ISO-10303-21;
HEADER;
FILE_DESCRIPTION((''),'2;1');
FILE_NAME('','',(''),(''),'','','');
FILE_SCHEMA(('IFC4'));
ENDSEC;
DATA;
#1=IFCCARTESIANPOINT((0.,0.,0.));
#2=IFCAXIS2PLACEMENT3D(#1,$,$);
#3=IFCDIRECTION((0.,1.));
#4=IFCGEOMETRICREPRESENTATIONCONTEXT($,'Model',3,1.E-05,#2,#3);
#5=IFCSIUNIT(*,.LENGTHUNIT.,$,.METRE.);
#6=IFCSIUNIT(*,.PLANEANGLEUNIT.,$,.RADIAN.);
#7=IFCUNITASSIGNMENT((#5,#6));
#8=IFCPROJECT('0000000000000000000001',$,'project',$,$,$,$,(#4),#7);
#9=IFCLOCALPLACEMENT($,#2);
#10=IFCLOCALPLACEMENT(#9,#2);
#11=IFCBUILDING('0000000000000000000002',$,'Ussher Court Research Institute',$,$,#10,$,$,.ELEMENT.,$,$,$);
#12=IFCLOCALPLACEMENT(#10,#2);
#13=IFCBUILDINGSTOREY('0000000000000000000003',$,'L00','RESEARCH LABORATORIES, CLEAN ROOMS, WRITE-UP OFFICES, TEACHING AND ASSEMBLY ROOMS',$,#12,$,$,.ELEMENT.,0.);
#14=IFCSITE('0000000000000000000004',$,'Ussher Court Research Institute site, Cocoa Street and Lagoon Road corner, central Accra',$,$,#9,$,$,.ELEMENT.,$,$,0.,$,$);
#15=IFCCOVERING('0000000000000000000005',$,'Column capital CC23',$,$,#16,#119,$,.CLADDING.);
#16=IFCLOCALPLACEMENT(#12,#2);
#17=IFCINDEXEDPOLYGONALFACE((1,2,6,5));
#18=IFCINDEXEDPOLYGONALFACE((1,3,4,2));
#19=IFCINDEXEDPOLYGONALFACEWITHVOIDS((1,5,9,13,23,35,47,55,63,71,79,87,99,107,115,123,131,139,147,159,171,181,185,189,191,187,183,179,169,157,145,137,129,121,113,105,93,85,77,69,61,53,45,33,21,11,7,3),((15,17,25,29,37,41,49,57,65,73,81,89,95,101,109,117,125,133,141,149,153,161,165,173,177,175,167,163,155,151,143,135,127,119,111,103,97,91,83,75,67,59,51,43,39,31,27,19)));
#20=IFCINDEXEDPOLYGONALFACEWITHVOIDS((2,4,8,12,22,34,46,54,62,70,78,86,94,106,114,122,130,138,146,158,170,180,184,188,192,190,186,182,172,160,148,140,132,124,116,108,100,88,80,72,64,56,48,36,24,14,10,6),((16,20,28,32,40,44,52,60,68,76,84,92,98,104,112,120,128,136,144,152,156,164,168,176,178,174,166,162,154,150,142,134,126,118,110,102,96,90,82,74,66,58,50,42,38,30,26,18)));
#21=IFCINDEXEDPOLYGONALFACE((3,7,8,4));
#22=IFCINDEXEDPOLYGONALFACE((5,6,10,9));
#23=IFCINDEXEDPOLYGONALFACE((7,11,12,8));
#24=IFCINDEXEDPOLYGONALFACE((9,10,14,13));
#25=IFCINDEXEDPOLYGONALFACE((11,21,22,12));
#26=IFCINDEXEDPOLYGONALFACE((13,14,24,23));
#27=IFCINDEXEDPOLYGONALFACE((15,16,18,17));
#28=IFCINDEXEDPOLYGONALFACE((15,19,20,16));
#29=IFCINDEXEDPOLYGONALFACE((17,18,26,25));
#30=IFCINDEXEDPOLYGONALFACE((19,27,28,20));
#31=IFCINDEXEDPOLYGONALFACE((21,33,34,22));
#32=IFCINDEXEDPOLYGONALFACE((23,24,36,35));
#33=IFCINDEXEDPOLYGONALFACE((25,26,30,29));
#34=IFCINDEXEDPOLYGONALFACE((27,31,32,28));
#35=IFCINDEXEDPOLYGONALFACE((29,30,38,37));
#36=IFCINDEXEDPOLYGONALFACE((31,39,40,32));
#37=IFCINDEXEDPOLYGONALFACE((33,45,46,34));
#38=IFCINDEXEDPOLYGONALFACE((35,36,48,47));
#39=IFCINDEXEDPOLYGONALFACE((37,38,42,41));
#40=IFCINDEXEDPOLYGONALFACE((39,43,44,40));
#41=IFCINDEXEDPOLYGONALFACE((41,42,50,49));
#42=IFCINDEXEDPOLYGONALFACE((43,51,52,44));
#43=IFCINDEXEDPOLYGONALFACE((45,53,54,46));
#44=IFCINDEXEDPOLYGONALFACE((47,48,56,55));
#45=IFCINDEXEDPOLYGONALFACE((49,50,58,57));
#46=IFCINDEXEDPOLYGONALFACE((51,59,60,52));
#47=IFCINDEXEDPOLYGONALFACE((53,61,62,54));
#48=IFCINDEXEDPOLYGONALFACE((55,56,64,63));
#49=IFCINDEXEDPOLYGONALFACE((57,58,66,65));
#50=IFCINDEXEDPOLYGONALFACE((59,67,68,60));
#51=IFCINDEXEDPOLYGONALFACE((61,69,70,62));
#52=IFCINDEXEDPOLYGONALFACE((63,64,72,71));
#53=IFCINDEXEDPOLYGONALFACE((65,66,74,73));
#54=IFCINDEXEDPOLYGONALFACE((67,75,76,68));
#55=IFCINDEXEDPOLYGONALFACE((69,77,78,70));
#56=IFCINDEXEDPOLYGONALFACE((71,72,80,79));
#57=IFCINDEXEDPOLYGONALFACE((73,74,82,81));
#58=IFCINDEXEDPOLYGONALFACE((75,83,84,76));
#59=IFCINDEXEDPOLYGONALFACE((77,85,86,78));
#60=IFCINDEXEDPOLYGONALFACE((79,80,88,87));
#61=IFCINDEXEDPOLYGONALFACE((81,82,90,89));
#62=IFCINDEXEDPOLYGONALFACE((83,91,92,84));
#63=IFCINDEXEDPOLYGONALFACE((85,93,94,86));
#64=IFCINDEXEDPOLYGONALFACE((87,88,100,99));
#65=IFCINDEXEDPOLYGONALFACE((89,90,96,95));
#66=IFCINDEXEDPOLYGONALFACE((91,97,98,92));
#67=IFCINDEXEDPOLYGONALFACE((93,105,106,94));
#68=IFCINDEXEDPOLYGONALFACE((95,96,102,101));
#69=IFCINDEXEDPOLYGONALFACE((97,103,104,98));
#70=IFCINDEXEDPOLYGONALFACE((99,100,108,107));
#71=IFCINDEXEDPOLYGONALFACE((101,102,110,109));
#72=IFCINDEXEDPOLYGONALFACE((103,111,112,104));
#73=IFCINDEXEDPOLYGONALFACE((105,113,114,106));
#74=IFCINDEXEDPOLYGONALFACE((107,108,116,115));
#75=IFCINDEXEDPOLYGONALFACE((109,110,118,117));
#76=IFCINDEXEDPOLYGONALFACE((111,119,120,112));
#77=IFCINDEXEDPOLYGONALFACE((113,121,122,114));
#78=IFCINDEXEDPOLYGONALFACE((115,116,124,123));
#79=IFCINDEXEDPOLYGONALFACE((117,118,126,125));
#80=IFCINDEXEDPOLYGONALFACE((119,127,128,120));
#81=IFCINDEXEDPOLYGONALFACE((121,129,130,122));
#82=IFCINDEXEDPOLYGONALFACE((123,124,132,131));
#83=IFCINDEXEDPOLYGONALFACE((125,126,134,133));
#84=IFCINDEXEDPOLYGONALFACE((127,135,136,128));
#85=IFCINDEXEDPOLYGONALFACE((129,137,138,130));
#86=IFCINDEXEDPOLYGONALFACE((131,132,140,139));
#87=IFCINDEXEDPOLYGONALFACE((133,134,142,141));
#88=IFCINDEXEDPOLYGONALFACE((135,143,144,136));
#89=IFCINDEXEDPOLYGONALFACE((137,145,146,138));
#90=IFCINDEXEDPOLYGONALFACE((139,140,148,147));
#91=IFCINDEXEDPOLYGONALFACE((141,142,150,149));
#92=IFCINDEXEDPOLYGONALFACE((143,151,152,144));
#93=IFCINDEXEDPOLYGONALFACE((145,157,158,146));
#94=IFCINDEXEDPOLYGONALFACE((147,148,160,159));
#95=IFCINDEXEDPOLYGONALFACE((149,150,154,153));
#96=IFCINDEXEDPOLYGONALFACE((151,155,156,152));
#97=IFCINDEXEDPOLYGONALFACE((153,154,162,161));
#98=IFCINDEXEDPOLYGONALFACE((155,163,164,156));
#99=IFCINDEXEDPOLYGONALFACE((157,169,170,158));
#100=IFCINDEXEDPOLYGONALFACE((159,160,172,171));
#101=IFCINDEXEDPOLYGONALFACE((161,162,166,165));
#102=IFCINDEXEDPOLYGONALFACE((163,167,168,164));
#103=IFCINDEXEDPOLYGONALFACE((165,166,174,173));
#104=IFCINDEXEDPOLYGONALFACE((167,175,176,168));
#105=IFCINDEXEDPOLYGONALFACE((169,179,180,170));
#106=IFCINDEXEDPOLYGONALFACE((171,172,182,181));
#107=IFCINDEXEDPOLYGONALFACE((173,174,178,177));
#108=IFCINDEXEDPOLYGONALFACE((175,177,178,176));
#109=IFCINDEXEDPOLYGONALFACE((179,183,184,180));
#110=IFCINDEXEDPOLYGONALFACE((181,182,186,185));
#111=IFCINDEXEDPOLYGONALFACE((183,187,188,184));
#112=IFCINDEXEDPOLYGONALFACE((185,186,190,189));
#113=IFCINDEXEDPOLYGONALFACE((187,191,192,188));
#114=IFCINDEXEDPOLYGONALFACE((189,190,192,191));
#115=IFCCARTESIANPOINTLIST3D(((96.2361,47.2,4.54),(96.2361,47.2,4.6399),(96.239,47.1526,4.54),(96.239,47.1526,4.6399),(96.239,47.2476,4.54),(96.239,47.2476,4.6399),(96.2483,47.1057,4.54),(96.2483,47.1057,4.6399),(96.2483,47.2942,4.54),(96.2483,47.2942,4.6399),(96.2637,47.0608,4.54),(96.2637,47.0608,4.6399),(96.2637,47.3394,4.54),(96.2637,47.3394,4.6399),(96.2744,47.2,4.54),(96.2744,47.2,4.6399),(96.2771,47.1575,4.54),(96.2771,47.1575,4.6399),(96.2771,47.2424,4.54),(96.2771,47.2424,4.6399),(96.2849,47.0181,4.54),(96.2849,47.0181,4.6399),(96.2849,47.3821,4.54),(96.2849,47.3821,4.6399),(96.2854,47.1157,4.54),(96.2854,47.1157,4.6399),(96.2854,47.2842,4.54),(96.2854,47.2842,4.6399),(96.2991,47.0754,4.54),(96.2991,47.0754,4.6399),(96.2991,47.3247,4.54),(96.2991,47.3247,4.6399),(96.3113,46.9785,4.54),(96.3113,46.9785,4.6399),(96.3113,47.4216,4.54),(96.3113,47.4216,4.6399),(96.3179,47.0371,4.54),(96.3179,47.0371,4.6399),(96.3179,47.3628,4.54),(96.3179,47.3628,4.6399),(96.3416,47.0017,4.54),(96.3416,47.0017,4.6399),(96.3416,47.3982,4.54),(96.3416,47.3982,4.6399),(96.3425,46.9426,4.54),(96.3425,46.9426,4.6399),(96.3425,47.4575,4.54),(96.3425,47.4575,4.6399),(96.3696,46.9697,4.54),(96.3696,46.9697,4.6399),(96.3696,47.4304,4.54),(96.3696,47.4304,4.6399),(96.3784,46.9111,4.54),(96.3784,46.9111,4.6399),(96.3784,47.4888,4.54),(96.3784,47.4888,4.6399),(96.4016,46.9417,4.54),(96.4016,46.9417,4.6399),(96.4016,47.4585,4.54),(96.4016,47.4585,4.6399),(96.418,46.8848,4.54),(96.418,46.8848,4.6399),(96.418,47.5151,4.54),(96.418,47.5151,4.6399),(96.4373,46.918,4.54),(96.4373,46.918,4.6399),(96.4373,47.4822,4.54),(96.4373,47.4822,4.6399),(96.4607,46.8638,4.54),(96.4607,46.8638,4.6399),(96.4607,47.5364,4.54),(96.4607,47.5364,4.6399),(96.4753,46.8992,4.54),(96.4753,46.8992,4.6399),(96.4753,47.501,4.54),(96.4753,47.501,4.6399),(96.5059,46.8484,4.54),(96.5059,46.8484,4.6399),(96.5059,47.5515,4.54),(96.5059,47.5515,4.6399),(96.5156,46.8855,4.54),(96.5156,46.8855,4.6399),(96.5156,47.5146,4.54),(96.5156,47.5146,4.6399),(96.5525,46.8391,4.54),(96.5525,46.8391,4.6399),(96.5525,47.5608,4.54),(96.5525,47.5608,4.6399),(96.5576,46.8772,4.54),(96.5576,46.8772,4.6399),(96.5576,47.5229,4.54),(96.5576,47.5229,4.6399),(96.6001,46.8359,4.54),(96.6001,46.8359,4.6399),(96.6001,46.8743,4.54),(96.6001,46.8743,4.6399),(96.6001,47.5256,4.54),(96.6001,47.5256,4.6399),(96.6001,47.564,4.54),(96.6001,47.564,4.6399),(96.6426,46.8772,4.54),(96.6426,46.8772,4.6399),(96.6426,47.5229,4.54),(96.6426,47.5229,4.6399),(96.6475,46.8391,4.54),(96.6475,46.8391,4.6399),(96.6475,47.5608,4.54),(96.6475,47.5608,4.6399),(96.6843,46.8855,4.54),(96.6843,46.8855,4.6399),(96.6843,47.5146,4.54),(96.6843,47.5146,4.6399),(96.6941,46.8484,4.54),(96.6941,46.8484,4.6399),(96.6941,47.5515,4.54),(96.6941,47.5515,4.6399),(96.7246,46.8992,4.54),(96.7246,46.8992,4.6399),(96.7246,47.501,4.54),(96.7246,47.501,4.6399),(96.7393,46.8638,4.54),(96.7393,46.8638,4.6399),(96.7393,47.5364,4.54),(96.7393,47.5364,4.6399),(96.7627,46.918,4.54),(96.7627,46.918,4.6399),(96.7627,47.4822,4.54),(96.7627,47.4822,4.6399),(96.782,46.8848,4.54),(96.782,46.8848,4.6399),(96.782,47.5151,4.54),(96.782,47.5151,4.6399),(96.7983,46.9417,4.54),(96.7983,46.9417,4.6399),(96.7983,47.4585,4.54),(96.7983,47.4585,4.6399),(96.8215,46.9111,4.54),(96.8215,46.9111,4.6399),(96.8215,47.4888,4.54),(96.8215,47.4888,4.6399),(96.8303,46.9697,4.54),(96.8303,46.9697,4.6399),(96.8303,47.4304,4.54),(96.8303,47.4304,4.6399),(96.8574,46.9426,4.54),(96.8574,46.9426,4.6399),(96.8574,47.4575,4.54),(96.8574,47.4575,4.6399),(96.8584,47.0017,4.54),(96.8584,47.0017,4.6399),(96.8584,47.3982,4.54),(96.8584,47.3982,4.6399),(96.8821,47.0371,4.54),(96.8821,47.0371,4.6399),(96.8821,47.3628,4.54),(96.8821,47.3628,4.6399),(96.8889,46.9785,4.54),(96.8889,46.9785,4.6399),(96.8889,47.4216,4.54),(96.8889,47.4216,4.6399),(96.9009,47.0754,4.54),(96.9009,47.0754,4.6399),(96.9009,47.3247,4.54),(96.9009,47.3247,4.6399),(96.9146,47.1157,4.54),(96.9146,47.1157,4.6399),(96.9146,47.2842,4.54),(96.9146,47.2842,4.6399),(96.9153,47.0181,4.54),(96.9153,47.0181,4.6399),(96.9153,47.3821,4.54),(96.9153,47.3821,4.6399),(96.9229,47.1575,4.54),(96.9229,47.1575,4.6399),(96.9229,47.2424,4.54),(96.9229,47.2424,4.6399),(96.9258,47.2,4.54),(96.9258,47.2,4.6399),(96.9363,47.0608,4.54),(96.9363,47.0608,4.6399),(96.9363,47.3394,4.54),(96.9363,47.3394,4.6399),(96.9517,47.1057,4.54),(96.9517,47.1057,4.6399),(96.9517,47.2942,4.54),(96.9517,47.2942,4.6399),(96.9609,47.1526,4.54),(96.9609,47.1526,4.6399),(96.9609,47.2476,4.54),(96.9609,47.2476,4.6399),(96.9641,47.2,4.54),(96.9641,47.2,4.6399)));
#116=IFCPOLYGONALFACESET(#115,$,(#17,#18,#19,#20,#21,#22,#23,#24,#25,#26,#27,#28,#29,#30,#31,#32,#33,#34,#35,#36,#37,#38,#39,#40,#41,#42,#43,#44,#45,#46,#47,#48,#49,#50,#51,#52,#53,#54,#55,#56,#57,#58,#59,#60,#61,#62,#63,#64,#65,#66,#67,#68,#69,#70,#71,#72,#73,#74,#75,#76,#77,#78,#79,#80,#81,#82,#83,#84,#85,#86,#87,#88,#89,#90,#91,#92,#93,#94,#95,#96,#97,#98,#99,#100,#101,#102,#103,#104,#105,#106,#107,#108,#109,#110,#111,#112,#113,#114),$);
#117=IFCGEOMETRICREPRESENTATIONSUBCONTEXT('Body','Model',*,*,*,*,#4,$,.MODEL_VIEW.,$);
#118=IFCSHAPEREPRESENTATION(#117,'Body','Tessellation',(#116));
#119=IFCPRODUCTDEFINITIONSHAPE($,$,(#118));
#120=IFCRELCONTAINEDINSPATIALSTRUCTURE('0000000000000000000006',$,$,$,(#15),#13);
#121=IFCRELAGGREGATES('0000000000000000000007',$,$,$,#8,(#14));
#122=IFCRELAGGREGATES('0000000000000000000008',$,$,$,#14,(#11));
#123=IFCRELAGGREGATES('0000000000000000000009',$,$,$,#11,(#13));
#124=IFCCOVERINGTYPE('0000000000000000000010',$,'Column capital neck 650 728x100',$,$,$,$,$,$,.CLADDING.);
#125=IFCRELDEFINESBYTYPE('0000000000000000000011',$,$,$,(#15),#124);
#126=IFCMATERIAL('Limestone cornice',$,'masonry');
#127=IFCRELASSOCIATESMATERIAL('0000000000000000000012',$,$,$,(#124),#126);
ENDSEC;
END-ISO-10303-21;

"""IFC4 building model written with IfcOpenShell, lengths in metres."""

from ifc_helpers import new_model, si_unit, direction, frame, origin, place, context, subcontext, project, spatial, polyline, outline, extrude, material, type_object, element, save


model = new_model("IFC4")

# Units and contexts
model_context = context("Model", 3, precision=1e-05, world=origin(), true_north=direction((0.0, 1.0)))
body_context = subcontext(model_context, "Body", "Model", "MODEL_VIEW")
ifc_project = project(units=[si_unit("LENGTHUNIT", "METRE"), si_unit("PLANEANGLEUNIT", "RADIAN")], contexts=[model_context])

# Site, building, storey
site_placement = place(None, origin())
site = spatial("IfcSite", under=ifc_project, at=site_placement, Name="Ussher Court Research Institute site, Cocoa Street and Lagoon Road corner, central Accra", CompositionType="ELEMENT", RefElevation=0.0)
building_placement = place(site_placement, origin())
building = spatial("IfcBuilding", under=site, at=building_placement, Name="Ussher Court Research Institute", CompositionType="ELEMENT")
storey_placement = place(building_placement, origin())
storey = spatial("IfcBuildingStorey", under=building, at=storey_placement, Name="L00", Description="RESEARCH LABORATORIES, CLEAN ROOMS, WRITE-UP OFFICES, TEACHING AND ASSEMBLY ROOMS", CompositionType="ELEMENT", Elevation=0.0)

# Covering
ifc_material_1 = material(Name="Limestone cornice", Category="masonry")
covering_type_1 = type_object("IfcCoveringType", Name="Column capital neck 650 728x100", PredefinedType="CLADDING", material=ifc_material_1)
covering_1_placement = place(storey_placement, frame((0.0, 0.0, 4.54)))
element("IfcCovering", 1, at=covering_1_placement, inside=storey, type_object=covering_type_1, Name="Column capital CC23", PredefinedType="CLADDING", context=body_context, shape_type="SweptSolid", body=[
    extrude(outline(polyline([(96.9641, 47.2), (96.9609, 47.2476), (96.9517, 47.2942), (96.9363, 47.3394), (96.9153, 47.3821), (96.8889, 47.4216), (96.8574, 47.4575), (96.8215, 47.4888), (96.782, 47.5151), (96.7393, 47.5364), (96.6941, 47.5515), (96.6475, 47.5608), (96.6001, 47.564), (96.5525, 47.5608), (96.5059, 47.5515), (96.4607, 47.5364), (96.418, 47.5151), (96.3784, 47.4888), (96.3425, 47.4575), (96.3113, 47.4216), (96.2849, 47.3821), (96.2637, 47.3394), (96.2483, 47.2942), (96.239, 47.2476), (96.2361, 47.2), (96.239, 47.1526), (96.2483, 47.1057), (96.2637, 47.0608), (96.2849, 47.0181), (96.3113, 46.9785), (96.3425, 46.9426), (96.3784, 46.9111), (96.418, 46.8848), (96.4607, 46.8638), (96.5059, 46.8484), (96.5525, 46.8391), (96.6001, 46.8359), (96.6475, 46.8391), (96.6941, 46.8484), (96.7393, 46.8638), (96.782, 46.8848), (96.8215, 46.9111), (96.8574, 46.9426), (96.8889, 46.9785), (96.9153, 47.0181), (96.9363, 47.0608), (96.9517, 47.1057), (96.9609, 47.1526), (96.9641, 47.2)]), holes=[polyline([(96.9258, 47.2), (96.9229, 47.2424), (96.9146, 47.2842), (96.9009, 47.3247), (96.8821, 47.3628), (96.8584, 47.3982), (96.8303, 47.4304), (96.7983, 47.4585), (96.7627, 47.4822), (96.7246, 47.501), (96.6843, 47.5146), (96.6426, 47.5229), (96.6001, 47.5256), (96.5576, 47.5229), (96.5156, 47.5146), (96.4753, 47.501), (96.4373, 47.4822), (96.4016, 47.4585), (96.3696, 47.4304), (96.3416, 47.3982), (96.3179, 47.3628), (96.2991, 47.3247), (96.2854, 47.2842), (96.2771, 47.2424), (96.2744, 47.2), (96.2771, 47.1575), (96.2854, 47.1157), (96.2991, 47.0754), (96.3179, 47.0371), (96.3416, 47.0017), (96.3696, 46.9697), (96.4016, 46.9417), (96.4373, 46.918), (96.4753, 46.8992), (96.5156, 46.8855), (96.5576, 46.8772), (96.6001, 46.8743), (96.6426, 46.8772), (96.6843, 46.8855), (96.7246, 46.8992), (96.7627, 46.918), (96.7983, 46.9417), (96.8303, 46.9697), (96.8584, 47.0017), (96.8821, 47.0371), (96.9009, 47.0754), (96.9146, 47.1157), (96.9229, 47.1575), (96.9258, 47.2)])]), origin(), (0.0, 0.0, 1.0), 0.0999),
])

save(model, "model.ifc")
